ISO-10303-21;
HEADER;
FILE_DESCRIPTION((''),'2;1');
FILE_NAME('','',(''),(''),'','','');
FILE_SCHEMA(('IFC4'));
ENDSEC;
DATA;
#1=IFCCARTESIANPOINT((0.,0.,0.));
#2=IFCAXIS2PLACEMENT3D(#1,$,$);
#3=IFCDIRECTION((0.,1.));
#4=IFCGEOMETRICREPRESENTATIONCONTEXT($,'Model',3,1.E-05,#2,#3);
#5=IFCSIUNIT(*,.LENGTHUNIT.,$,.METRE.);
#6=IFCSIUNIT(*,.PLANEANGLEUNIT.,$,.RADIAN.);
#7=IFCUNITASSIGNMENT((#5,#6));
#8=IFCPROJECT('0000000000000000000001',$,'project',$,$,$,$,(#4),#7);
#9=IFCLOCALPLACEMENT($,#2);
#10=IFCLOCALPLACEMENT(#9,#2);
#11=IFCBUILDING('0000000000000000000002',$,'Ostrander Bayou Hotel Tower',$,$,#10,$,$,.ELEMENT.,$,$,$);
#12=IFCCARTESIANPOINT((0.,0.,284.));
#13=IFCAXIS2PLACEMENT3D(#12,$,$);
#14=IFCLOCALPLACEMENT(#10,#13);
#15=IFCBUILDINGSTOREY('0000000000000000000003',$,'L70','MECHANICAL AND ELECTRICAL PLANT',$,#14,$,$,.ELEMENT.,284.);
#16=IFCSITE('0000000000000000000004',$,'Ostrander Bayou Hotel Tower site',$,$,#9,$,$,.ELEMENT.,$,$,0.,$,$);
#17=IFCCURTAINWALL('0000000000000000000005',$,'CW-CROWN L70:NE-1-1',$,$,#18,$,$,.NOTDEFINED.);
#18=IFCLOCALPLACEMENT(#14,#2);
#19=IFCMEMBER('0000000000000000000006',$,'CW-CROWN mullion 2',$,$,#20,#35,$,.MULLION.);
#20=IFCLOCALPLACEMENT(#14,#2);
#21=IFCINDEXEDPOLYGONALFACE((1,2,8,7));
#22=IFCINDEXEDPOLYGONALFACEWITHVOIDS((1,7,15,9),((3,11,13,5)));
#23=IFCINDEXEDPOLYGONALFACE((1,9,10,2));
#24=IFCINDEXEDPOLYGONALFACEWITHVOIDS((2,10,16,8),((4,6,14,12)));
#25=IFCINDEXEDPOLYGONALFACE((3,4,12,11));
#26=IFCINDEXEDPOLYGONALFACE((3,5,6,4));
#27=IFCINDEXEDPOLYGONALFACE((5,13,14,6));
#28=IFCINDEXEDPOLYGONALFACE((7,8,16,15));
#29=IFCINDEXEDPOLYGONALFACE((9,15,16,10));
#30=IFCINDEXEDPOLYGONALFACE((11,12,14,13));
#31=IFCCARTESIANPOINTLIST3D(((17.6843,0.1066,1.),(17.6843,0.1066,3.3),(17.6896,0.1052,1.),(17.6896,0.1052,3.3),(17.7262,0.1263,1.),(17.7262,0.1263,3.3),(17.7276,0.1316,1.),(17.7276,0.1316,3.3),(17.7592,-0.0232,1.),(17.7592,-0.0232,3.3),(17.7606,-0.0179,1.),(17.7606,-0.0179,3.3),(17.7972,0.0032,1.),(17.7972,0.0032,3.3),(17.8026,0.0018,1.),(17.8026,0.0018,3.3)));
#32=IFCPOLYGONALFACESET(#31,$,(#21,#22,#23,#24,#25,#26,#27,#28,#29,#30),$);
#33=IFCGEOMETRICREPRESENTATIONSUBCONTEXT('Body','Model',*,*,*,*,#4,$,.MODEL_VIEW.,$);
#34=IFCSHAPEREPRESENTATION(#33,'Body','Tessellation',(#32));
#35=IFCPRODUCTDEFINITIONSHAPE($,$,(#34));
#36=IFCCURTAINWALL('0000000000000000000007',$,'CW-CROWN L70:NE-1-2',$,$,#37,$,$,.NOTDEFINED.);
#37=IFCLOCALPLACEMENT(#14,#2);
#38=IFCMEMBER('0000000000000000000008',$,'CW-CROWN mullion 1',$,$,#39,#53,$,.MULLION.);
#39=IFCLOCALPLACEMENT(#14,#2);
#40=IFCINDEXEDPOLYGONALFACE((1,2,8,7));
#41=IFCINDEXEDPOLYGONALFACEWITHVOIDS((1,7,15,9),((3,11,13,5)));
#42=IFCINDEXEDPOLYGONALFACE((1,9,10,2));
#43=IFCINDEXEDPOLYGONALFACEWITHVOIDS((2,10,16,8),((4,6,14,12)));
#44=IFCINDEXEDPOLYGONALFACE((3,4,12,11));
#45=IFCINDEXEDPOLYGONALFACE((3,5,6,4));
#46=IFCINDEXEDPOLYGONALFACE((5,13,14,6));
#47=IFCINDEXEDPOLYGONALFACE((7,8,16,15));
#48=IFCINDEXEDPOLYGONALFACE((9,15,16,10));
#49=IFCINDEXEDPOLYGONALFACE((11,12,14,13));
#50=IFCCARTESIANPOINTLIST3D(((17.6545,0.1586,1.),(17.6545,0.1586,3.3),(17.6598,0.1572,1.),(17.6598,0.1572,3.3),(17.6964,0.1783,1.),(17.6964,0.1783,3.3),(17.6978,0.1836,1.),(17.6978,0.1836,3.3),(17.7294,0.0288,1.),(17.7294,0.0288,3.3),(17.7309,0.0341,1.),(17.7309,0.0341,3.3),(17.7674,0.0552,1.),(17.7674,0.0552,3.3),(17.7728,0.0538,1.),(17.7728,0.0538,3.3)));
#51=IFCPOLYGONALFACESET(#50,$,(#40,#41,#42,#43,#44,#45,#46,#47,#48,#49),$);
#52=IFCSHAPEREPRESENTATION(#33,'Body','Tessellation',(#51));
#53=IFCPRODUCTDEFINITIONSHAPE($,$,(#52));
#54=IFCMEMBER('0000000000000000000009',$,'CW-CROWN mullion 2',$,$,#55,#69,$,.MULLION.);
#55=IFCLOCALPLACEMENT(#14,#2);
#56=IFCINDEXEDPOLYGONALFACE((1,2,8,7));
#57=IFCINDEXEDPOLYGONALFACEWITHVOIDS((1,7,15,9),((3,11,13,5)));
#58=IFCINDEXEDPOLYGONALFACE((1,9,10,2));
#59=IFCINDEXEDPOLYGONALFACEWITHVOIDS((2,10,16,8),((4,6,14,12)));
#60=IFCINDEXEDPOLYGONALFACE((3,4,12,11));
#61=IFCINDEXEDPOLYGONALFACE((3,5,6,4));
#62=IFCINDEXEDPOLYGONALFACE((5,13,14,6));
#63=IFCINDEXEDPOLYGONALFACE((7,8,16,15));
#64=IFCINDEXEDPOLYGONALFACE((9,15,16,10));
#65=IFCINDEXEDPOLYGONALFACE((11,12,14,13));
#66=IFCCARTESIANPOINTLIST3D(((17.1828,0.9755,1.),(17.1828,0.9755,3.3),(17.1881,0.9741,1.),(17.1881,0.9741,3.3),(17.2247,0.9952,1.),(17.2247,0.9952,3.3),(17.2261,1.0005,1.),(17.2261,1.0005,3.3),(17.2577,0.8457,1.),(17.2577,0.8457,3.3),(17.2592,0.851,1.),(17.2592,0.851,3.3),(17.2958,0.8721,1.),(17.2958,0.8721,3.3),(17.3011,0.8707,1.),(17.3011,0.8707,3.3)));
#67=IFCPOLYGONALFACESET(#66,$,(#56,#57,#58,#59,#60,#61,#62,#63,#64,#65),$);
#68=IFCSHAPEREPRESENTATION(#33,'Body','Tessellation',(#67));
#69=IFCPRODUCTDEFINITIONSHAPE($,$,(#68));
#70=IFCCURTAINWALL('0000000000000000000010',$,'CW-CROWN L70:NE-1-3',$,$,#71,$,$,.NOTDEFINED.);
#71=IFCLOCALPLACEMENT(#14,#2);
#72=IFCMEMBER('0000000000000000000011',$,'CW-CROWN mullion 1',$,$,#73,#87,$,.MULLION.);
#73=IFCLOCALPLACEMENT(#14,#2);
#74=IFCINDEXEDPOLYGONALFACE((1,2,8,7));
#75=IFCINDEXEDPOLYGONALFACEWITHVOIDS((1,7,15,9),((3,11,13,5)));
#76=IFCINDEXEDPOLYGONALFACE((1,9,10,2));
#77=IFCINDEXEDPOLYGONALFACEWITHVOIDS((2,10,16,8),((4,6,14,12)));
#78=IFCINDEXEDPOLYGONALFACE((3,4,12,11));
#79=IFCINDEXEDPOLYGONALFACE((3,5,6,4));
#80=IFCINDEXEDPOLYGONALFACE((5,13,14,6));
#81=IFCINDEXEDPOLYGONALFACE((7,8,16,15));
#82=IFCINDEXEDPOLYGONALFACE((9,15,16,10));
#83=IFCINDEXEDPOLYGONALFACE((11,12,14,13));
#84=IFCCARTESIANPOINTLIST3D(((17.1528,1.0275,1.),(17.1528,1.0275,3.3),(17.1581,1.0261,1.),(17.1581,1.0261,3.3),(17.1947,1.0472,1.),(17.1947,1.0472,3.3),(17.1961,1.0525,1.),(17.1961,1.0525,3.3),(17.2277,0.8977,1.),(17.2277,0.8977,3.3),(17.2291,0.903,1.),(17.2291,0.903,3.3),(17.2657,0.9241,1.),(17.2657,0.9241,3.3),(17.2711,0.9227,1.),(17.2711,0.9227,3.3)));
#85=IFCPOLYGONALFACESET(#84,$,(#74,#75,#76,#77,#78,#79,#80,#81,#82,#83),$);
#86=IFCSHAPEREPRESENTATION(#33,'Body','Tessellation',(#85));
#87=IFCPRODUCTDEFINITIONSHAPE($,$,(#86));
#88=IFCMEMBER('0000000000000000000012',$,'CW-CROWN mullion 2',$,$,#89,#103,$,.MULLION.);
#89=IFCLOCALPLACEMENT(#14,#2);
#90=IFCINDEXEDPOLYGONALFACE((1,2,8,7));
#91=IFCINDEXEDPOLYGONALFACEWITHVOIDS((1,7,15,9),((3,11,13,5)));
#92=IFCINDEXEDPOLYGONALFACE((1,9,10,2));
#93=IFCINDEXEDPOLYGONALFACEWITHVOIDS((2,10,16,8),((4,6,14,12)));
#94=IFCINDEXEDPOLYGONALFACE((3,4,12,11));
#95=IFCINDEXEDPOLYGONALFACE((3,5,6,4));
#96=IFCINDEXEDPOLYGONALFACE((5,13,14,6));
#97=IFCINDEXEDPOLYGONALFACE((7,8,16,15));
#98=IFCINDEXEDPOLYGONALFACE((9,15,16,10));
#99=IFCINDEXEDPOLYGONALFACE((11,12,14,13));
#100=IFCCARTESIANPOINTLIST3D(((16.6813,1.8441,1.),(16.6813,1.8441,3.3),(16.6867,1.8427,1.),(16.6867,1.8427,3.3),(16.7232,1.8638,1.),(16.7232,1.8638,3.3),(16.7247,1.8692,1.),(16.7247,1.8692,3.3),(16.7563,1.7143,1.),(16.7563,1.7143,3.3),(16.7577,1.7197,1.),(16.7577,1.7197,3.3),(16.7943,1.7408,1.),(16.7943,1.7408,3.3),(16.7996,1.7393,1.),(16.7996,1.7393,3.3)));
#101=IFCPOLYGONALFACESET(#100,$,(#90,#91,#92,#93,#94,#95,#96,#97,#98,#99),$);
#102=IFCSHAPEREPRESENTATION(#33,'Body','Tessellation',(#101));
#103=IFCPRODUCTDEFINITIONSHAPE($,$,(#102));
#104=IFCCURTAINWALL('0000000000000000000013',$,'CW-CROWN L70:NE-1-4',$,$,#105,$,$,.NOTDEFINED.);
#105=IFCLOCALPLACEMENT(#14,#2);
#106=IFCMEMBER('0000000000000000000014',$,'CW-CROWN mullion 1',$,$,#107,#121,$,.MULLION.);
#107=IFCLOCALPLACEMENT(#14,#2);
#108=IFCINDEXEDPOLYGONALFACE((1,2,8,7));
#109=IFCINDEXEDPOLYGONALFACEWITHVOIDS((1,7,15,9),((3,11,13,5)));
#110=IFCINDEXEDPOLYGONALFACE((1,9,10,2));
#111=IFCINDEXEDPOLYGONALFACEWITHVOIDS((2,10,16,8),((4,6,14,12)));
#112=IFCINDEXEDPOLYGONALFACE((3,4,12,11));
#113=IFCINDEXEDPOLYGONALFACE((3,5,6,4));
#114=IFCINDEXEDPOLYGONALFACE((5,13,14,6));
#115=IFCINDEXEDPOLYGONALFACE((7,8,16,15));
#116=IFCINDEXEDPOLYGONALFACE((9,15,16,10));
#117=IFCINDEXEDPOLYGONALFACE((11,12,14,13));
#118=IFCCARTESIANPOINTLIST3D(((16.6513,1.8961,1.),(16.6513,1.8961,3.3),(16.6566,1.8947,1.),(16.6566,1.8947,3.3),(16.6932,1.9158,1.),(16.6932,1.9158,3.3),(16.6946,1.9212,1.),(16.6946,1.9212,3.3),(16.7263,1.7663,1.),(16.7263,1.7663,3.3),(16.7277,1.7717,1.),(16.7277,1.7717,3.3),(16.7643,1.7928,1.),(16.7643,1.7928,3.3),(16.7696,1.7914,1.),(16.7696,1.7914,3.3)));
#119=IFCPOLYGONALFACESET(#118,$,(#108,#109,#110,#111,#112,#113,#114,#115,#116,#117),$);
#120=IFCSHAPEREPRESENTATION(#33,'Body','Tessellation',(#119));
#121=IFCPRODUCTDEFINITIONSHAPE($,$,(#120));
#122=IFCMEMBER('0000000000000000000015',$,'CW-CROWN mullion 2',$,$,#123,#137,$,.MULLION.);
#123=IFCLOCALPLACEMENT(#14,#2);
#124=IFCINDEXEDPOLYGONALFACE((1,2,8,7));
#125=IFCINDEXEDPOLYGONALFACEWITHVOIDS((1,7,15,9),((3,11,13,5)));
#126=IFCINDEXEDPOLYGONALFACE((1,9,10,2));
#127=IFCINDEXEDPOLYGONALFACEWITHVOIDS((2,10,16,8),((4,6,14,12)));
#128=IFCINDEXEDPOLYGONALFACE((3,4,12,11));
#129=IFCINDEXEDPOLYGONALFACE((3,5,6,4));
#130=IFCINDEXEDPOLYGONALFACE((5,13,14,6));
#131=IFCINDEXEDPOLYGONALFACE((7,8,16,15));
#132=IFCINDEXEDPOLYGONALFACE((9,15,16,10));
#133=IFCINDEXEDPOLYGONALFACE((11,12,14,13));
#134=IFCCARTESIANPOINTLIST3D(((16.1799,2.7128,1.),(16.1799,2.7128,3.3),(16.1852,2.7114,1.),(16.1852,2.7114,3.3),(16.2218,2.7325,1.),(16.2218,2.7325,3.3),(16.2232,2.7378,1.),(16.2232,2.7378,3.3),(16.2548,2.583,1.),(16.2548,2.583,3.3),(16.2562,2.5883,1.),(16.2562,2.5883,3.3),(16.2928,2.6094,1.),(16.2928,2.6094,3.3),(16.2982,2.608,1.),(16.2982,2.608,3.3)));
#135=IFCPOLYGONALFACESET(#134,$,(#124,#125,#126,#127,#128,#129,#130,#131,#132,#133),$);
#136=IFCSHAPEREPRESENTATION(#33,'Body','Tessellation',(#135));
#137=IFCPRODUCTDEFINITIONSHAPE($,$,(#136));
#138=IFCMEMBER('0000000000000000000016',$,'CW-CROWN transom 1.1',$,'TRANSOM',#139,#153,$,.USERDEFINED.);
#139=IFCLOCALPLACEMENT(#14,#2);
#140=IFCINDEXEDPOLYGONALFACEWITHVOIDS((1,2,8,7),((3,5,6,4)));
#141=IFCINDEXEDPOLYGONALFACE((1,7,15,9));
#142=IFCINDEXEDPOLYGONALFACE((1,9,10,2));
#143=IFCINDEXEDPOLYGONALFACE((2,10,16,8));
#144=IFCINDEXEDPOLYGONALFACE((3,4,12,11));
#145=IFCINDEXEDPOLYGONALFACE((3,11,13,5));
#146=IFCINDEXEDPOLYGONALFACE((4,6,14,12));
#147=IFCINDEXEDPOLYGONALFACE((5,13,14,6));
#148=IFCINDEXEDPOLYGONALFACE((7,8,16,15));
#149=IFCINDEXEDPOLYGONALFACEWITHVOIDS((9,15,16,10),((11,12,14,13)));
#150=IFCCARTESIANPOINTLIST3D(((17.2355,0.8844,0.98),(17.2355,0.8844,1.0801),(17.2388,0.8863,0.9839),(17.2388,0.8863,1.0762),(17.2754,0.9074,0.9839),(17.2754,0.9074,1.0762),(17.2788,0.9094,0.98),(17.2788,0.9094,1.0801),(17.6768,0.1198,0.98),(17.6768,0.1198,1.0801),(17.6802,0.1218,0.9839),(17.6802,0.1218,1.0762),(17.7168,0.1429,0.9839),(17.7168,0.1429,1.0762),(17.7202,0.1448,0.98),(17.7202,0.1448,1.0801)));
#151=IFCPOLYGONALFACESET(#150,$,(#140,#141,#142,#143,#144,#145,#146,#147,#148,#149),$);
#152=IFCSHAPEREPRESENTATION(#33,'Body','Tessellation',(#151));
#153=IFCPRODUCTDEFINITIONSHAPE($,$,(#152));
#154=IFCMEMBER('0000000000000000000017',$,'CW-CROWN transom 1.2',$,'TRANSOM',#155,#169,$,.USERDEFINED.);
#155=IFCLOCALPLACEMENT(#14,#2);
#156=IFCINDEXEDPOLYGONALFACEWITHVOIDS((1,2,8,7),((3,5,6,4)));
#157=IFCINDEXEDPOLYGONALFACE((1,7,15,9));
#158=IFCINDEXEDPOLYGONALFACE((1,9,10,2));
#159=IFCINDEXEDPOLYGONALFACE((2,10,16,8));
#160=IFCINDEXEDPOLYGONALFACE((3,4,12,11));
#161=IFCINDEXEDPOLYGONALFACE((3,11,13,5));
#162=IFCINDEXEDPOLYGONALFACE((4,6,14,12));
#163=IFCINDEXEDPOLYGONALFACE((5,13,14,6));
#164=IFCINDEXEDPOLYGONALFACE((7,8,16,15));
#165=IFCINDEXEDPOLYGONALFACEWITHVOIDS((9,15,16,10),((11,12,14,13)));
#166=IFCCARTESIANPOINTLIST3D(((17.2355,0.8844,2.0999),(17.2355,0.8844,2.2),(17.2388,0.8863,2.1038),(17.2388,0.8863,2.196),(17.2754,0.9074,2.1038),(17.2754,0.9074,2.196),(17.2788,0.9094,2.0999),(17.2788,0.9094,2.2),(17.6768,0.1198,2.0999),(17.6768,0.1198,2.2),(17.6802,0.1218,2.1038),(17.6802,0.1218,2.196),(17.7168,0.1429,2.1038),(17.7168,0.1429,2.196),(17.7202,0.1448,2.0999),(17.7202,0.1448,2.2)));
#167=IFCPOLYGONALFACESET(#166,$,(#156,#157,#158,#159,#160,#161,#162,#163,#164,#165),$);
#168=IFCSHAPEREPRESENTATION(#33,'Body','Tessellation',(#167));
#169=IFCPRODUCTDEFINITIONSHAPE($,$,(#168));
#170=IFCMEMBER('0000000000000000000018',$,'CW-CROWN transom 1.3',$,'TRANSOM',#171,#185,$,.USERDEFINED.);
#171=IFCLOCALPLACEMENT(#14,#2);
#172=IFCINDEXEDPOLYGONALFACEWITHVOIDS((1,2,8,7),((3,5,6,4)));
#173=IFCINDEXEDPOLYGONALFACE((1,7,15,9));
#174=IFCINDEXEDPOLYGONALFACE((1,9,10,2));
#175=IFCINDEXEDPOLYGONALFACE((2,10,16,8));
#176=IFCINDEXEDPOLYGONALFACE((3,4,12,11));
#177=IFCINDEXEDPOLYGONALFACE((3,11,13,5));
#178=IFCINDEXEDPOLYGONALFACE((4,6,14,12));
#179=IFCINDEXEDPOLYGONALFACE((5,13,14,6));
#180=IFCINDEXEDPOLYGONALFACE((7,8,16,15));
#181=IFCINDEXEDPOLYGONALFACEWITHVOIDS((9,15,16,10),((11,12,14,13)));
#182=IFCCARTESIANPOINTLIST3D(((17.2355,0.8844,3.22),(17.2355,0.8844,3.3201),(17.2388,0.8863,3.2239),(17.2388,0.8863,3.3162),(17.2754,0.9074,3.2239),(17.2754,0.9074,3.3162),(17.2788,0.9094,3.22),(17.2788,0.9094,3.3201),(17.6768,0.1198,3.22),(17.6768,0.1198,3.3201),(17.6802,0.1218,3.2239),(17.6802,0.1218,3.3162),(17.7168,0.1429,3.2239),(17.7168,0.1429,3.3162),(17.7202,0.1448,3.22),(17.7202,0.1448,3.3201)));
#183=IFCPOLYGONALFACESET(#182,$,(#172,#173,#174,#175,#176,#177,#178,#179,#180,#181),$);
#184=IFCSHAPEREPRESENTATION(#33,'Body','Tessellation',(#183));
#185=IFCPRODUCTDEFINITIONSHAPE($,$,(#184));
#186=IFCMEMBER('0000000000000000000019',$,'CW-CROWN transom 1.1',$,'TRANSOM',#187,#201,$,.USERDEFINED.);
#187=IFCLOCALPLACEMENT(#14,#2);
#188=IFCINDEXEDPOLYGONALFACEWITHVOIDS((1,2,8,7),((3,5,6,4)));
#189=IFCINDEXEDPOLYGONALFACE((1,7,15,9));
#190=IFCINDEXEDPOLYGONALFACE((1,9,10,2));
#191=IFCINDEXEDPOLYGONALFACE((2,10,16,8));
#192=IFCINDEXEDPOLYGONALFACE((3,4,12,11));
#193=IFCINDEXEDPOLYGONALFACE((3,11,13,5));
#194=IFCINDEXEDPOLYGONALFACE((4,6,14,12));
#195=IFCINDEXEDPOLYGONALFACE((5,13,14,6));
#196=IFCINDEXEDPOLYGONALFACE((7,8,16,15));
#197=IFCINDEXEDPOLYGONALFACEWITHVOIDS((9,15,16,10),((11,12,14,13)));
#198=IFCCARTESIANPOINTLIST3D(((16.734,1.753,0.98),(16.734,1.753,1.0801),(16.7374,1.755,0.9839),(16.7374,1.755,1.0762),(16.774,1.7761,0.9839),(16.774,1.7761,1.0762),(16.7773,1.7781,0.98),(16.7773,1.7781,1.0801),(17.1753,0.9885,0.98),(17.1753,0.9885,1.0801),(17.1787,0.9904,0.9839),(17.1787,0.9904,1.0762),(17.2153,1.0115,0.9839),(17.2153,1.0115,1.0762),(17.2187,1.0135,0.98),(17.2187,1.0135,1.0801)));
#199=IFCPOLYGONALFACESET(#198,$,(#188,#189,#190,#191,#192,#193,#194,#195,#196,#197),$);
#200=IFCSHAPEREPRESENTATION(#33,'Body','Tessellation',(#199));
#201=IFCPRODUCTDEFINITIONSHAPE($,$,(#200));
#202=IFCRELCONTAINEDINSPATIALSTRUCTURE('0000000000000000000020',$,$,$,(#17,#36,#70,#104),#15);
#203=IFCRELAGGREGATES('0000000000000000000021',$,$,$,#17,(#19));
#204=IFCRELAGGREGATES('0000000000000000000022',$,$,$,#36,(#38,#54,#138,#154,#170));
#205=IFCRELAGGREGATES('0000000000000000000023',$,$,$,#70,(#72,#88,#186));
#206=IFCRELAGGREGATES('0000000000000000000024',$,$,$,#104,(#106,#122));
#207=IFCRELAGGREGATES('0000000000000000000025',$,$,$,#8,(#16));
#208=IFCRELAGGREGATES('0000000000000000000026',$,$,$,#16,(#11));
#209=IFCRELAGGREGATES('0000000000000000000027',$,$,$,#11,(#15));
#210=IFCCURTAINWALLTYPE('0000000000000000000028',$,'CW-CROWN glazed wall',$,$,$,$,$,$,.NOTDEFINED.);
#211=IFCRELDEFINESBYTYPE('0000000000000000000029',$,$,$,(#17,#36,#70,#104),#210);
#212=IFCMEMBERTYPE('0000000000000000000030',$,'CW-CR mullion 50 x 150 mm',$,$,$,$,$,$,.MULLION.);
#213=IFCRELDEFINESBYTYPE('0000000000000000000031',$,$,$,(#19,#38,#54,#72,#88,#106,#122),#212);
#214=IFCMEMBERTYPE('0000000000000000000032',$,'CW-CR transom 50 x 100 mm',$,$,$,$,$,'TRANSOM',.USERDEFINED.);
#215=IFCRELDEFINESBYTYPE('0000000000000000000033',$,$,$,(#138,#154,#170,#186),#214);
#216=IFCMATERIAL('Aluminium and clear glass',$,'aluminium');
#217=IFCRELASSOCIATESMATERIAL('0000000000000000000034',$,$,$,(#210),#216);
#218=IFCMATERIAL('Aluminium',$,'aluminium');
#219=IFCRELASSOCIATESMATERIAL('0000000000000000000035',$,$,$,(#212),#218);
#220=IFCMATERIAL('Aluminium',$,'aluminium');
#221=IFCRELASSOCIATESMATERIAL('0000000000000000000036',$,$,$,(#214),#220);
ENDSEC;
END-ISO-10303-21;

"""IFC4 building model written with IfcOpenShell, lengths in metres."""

from ifc_helpers import new_model, si_unit, direction, frame, origin, origin_2d, place, context, subcontext, project, spatial, hollow_rectangle, extrude, material, material_profile, profile_set, type_object, element, aggregate, save


model = new_model("IFC4")

# Units and contexts
model_context = context("Model", 3, precision=1e-05, world=origin(), true_north=direction((0.0, 1.0)))
body_context = subcontext(model_context, "Body", "Model", "MODEL_VIEW")
ifc_project = project(units=[si_unit("LENGTHUNIT", "METRE"), si_unit("PLANEANGLEUNIT", "RADIAN")], contexts=[model_context])

# Site, building, storey
site_placement = place(None, origin())
site = spatial("IfcSite", under=ifc_project, at=site_placement, Name="Ostrander Bayou Hotel Tower site", CompositionType="ELEMENT", RefElevation=0.0)
building_placement = place(site_placement, origin())
building = spatial("IfcBuilding", under=site, at=building_placement, Name="Ostrander Bayou Hotel Tower", CompositionType="ELEMENT")
storey_placement = place(building_placement, frame((0.0, 0.0, 284.0)))
storey = spatial("IfcBuildingStorey", under=building, at=storey_placement, Name="L70", Description="MECHANICAL AND ELECTRICAL PLANT", CompositionType="ELEMENT", Elevation=284.0)

# Curtain wall, member
ifc_material_1 = material(Name="Aluminium and clear glass", Category="aluminium")
curtain_wall_type = type_object("IfcCurtainWallType", Name="CW-CROWN glazed wall", PredefinedType="NOTDEFINED", material=ifc_material_1)
curtain_wall_1_placement = place(storey_placement, origin())
curtain_wall_1 = element("IfcCurtainWall", 1, at=curtain_wall_1_placement, inside=storey, type_object=curtain_wall_type, Name="CW-CROWN L70:NE-1-1", PredefinedType="NOTDEFINED")
ifc_material_2 = material(Name="Aluminium", Category="aluminium")
ifc_material_profile_1 = material_profile(ifc_material_2, hollow_rectangle(XDim=0.05, YDim=0.1499, WallThickness=0.0039, at=origin_2d()))
ifc_profile_set_1 = profile_set([ifc_material_profile_1], Name="Aluminium")
member_type_1 = type_object("IfcMemberType", Name="CW-CR mullion 50 x 150 mm", PredefinedType="MULLION", material=ifc_profile_set_1)
member_1_placement = place(storey_placement, frame((17.7434, 0.0542, 1.0), z_axis=(0.0, 0.0, 1.0), x_axis=(-0.865976, -0.500085, 0.0)))
member_1 = element("IfcMember", 2, at=member_1_placement, type_object=member_type_1, Name="CW-CROWN mullion 2", PredefinedType="MULLION", context=body_context, shape_type="SweptSolid", body=[
    extrude(hollow_rectangle(XDim=0.05, YDim=0.1499, WallThickness=0.0039, at=origin_2d()), origin(), (0.0, 0.0, 1.0), 2.3),
])

# Curtain walls, members
curtain_wall_2_placement = place(storey_placement, origin())
curtain_wall_2 = element("IfcCurtainWall", 3, at=curtain_wall_2_placement, inside=storey, type_object=curtain_wall_type, Name="CW-CROWN L70:NE-1-2", PredefinedType="NOTDEFINED")
member_2_placement = place(storey_placement, frame((17.7136, 0.1062, 1.0), z_axis=(0.0, 0.0, 1.0), x_axis=(-0.866044, -0.499967, 0.0)))
member_2 = element("IfcMember", 4, at=member_2_placement, type_object=member_type_1, Name="CW-CROWN mullion 1", PredefinedType="MULLION", context=body_context, shape_type="SweptSolid", body=[
    extrude(hollow_rectangle(XDim=0.05, YDim=0.1499, WallThickness=0.0039, at=origin_2d()), origin(), (0.0, 0.0, 1.0), 2.3),
])
member_3_placement = place(storey_placement, frame((17.2419, 0.9231, 1.0), z_axis=(0.0, 0.0, 1.0), x_axis=(-0.866044, -0.499967, 0.0)))
member_3 = element("IfcMember", 5, at=member_3_placement, type_object=member_type_1, Name="CW-CROWN mullion 2", PredefinedType="MULLION", context=body_context, shape_type="SweptSolid", body=[
    extrude(hollow_rectangle(XDim=0.05, YDim=0.1499, WallThickness=0.0039, at=origin_2d()), origin(), (0.0, 0.0, 1.0), 2.3),
])
curtain_wall_3_placement = place(storey_placement, origin())
curtain_wall_3 = element("IfcCurtainWall", 6, at=curtain_wall_3_placement, inside=storey, type_object=curtain_wall_type, Name="CW-CROWN L70:NE-1-3", PredefinedType="NOTDEFINED")
member_4_placement = place(storey_placement, frame((17.2119, 0.9751, 1.0), z_axis=(0.0, 0.0, 1.0), x_axis=(-0.866044, -0.499967, 0.0)))
member_4 = element("IfcMember", 7, at=member_4_placement, type_object=member_type_1, Name="CW-CROWN mullion 1", PredefinedType="MULLION", context=body_context, shape_type="SweptSolid", body=[
    extrude(hollow_rectangle(XDim=0.05, YDim=0.1499, WallThickness=0.0039, at=origin_2d()), origin(), (0.0, 0.0, 1.0), 2.3),
])
member_5_placement = place(storey_placement, frame((16.7405, 1.7917, 1.0), z_axis=(0.0, 0.0, 1.0), x_axis=(-0.866044, -0.499967, 0.0)))
member_5 = element("IfcMember", 8, at=member_5_placement, type_object=member_type_1, Name="CW-CROWN mullion 2", PredefinedType="MULLION", context=body_context, shape_type="SweptSolid", body=[
    extrude(hollow_rectangle(XDim=0.05, YDim=0.1499, WallThickness=0.0039, at=origin_2d()), origin(), (0.0, 0.0, 1.0), 2.3),
])
curtain_wall_4_placement = place(storey_placement, origin())
curtain_wall_4 = element("IfcCurtainWall", 9, at=curtain_wall_4_placement, inside=storey, type_object=curtain_wall_type, Name="CW-CROWN L70:NE-1-4", PredefinedType="NOTDEFINED")
member_6_placement = place(storey_placement, frame((16.7104, 1.8438, 1.0), z_axis=(0.0, 0.0, 1.0), x_axis=(-0.86602, -0.50001, 0.0)))
member_6 = element("IfcMember", 10, at=member_6_placement, type_object=member_type_1, Name="CW-CROWN mullion 1", PredefinedType="MULLION", context=body_context, shape_type="SweptSolid", body=[
    extrude(hollow_rectangle(XDim=0.05, YDim=0.1499, WallThickness=0.0039, at=origin_2d()), origin(), (0.0, 0.0, 1.0), 2.3),
])
member_7_placement = place(storey_placement, frame((16.239, 2.6604, 1.0), z_axis=(0.0, 0.0, 1.0), x_axis=(-0.86602, -0.50001, 0.0)))
member_7 = element("IfcMember", 11, at=member_7_placement, type_object=member_type_1, Name="CW-CROWN mullion 2", PredefinedType="MULLION", context=body_context, shape_type="SweptSolid", body=[
    extrude(hollow_rectangle(XDim=0.05, YDim=0.1499, WallThickness=0.0039, at=origin_2d()), origin(), (0.0, 0.0, 1.0), 2.3),
])

# Members
ifc_material_3 = material(Name="Aluminium", Category="aluminium")
ifc_material_profile_2 = material_profile(ifc_material_3, hollow_rectangle(XDim=0.05, YDim=0.1001, WallThickness=0.0039, at=origin_2d()))
ifc_profile_set_2 = profile_set([ifc_material_profile_2], Name="Aluminium")
member_type_2 = type_object("IfcMemberType", Name="CW-CR transom 50 x 100 mm", ElementType="TRANSOM", PredefinedType="USERDEFINED", material=ifc_profile_set_2)
member_8_placement = place(storey_placement, frame((17.6985, 0.1323, 1.03), z_axis=(-0.499946, 0.866057, 0.0), x_axis=(-0.866057, -0.499946, 0.0)))
member_8 = element("IfcMember", 12, at=member_8_placement, type_object=member_type_2, Name="CW-CROWN transom 1.1", ObjectType="TRANSOM", PredefinedType="USERDEFINED", context=body_context, shape_type="SweptSolid", body=[
    extrude(hollow_rectangle(XDim=0.05, YDim=0.1001, WallThickness=0.0039, at=origin_2d()), origin(), (0.0, 0.0, 1.0), 0.8828),
])
member_9_placement = place(storey_placement, frame((17.6985, 0.1323, 2.1499), z_axis=(-0.499946, 0.866057, 0.0), x_axis=(-0.866057, -0.499946, 0.0)))
member_9 = element("IfcMember", 13, at=member_9_placement, type_object=member_type_2, Name="CW-CROWN transom 1.2", ObjectType="TRANSOM", PredefinedType="USERDEFINED", context=body_context, shape_type="SweptSolid", body=[
    extrude(hollow_rectangle(XDim=0.05, YDim=0.1001, WallThickness=0.0039, at=origin_2d()), origin(), (0.0, 0.0, 1.0), 0.8828),
])
member_10_placement = place(storey_placement, frame((17.6985, 0.1323, 3.27), z_axis=(-0.499946, 0.866057, 0.0), x_axis=(-0.866057, -0.499946, 0.0)))
member_10 = element("IfcMember", 14, at=member_10_placement, type_object=member_type_2, Name="CW-CROWN transom 1.3", ObjectType="TRANSOM", PredefinedType="USERDEFINED", context=body_context, shape_type="SweptSolid", body=[
    extrude(hollow_rectangle(XDim=0.05, YDim=0.1001, WallThickness=0.0039, at=origin_2d()), origin(), (0.0, 0.0, 1.0), 0.8828),
])
member_11_placement = place(storey_placement, frame((17.197, 1.001, 1.03), z_axis=(-0.499946, 0.866057, 0.0), x_axis=(-0.866057, -0.499946, 0.0)))
member_11 = element("IfcMember", 15, at=member_11_placement, type_object=member_type_2, Name="CW-CROWN transom 1.1", ObjectType="TRANSOM", PredefinedType="USERDEFINED", context=body_context, shape_type="SweptSolid", body=[
    extrude(hollow_rectangle(XDim=0.05, YDim=0.1001, WallThickness=0.0039, at=origin_2d()), origin(), (0.0, 0.0, 1.0), 0.8828),
])

aggregate(curtain_wall_1, [member_1])
aggregate(curtain_wall_2, [member_2, member_3, member_8, member_9, member_10])
aggregate(curtain_wall_3, [member_4, member_5, member_11])
aggregate(curtain_wall_4, [member_6, member_7])

save(model, "model.ifc")
